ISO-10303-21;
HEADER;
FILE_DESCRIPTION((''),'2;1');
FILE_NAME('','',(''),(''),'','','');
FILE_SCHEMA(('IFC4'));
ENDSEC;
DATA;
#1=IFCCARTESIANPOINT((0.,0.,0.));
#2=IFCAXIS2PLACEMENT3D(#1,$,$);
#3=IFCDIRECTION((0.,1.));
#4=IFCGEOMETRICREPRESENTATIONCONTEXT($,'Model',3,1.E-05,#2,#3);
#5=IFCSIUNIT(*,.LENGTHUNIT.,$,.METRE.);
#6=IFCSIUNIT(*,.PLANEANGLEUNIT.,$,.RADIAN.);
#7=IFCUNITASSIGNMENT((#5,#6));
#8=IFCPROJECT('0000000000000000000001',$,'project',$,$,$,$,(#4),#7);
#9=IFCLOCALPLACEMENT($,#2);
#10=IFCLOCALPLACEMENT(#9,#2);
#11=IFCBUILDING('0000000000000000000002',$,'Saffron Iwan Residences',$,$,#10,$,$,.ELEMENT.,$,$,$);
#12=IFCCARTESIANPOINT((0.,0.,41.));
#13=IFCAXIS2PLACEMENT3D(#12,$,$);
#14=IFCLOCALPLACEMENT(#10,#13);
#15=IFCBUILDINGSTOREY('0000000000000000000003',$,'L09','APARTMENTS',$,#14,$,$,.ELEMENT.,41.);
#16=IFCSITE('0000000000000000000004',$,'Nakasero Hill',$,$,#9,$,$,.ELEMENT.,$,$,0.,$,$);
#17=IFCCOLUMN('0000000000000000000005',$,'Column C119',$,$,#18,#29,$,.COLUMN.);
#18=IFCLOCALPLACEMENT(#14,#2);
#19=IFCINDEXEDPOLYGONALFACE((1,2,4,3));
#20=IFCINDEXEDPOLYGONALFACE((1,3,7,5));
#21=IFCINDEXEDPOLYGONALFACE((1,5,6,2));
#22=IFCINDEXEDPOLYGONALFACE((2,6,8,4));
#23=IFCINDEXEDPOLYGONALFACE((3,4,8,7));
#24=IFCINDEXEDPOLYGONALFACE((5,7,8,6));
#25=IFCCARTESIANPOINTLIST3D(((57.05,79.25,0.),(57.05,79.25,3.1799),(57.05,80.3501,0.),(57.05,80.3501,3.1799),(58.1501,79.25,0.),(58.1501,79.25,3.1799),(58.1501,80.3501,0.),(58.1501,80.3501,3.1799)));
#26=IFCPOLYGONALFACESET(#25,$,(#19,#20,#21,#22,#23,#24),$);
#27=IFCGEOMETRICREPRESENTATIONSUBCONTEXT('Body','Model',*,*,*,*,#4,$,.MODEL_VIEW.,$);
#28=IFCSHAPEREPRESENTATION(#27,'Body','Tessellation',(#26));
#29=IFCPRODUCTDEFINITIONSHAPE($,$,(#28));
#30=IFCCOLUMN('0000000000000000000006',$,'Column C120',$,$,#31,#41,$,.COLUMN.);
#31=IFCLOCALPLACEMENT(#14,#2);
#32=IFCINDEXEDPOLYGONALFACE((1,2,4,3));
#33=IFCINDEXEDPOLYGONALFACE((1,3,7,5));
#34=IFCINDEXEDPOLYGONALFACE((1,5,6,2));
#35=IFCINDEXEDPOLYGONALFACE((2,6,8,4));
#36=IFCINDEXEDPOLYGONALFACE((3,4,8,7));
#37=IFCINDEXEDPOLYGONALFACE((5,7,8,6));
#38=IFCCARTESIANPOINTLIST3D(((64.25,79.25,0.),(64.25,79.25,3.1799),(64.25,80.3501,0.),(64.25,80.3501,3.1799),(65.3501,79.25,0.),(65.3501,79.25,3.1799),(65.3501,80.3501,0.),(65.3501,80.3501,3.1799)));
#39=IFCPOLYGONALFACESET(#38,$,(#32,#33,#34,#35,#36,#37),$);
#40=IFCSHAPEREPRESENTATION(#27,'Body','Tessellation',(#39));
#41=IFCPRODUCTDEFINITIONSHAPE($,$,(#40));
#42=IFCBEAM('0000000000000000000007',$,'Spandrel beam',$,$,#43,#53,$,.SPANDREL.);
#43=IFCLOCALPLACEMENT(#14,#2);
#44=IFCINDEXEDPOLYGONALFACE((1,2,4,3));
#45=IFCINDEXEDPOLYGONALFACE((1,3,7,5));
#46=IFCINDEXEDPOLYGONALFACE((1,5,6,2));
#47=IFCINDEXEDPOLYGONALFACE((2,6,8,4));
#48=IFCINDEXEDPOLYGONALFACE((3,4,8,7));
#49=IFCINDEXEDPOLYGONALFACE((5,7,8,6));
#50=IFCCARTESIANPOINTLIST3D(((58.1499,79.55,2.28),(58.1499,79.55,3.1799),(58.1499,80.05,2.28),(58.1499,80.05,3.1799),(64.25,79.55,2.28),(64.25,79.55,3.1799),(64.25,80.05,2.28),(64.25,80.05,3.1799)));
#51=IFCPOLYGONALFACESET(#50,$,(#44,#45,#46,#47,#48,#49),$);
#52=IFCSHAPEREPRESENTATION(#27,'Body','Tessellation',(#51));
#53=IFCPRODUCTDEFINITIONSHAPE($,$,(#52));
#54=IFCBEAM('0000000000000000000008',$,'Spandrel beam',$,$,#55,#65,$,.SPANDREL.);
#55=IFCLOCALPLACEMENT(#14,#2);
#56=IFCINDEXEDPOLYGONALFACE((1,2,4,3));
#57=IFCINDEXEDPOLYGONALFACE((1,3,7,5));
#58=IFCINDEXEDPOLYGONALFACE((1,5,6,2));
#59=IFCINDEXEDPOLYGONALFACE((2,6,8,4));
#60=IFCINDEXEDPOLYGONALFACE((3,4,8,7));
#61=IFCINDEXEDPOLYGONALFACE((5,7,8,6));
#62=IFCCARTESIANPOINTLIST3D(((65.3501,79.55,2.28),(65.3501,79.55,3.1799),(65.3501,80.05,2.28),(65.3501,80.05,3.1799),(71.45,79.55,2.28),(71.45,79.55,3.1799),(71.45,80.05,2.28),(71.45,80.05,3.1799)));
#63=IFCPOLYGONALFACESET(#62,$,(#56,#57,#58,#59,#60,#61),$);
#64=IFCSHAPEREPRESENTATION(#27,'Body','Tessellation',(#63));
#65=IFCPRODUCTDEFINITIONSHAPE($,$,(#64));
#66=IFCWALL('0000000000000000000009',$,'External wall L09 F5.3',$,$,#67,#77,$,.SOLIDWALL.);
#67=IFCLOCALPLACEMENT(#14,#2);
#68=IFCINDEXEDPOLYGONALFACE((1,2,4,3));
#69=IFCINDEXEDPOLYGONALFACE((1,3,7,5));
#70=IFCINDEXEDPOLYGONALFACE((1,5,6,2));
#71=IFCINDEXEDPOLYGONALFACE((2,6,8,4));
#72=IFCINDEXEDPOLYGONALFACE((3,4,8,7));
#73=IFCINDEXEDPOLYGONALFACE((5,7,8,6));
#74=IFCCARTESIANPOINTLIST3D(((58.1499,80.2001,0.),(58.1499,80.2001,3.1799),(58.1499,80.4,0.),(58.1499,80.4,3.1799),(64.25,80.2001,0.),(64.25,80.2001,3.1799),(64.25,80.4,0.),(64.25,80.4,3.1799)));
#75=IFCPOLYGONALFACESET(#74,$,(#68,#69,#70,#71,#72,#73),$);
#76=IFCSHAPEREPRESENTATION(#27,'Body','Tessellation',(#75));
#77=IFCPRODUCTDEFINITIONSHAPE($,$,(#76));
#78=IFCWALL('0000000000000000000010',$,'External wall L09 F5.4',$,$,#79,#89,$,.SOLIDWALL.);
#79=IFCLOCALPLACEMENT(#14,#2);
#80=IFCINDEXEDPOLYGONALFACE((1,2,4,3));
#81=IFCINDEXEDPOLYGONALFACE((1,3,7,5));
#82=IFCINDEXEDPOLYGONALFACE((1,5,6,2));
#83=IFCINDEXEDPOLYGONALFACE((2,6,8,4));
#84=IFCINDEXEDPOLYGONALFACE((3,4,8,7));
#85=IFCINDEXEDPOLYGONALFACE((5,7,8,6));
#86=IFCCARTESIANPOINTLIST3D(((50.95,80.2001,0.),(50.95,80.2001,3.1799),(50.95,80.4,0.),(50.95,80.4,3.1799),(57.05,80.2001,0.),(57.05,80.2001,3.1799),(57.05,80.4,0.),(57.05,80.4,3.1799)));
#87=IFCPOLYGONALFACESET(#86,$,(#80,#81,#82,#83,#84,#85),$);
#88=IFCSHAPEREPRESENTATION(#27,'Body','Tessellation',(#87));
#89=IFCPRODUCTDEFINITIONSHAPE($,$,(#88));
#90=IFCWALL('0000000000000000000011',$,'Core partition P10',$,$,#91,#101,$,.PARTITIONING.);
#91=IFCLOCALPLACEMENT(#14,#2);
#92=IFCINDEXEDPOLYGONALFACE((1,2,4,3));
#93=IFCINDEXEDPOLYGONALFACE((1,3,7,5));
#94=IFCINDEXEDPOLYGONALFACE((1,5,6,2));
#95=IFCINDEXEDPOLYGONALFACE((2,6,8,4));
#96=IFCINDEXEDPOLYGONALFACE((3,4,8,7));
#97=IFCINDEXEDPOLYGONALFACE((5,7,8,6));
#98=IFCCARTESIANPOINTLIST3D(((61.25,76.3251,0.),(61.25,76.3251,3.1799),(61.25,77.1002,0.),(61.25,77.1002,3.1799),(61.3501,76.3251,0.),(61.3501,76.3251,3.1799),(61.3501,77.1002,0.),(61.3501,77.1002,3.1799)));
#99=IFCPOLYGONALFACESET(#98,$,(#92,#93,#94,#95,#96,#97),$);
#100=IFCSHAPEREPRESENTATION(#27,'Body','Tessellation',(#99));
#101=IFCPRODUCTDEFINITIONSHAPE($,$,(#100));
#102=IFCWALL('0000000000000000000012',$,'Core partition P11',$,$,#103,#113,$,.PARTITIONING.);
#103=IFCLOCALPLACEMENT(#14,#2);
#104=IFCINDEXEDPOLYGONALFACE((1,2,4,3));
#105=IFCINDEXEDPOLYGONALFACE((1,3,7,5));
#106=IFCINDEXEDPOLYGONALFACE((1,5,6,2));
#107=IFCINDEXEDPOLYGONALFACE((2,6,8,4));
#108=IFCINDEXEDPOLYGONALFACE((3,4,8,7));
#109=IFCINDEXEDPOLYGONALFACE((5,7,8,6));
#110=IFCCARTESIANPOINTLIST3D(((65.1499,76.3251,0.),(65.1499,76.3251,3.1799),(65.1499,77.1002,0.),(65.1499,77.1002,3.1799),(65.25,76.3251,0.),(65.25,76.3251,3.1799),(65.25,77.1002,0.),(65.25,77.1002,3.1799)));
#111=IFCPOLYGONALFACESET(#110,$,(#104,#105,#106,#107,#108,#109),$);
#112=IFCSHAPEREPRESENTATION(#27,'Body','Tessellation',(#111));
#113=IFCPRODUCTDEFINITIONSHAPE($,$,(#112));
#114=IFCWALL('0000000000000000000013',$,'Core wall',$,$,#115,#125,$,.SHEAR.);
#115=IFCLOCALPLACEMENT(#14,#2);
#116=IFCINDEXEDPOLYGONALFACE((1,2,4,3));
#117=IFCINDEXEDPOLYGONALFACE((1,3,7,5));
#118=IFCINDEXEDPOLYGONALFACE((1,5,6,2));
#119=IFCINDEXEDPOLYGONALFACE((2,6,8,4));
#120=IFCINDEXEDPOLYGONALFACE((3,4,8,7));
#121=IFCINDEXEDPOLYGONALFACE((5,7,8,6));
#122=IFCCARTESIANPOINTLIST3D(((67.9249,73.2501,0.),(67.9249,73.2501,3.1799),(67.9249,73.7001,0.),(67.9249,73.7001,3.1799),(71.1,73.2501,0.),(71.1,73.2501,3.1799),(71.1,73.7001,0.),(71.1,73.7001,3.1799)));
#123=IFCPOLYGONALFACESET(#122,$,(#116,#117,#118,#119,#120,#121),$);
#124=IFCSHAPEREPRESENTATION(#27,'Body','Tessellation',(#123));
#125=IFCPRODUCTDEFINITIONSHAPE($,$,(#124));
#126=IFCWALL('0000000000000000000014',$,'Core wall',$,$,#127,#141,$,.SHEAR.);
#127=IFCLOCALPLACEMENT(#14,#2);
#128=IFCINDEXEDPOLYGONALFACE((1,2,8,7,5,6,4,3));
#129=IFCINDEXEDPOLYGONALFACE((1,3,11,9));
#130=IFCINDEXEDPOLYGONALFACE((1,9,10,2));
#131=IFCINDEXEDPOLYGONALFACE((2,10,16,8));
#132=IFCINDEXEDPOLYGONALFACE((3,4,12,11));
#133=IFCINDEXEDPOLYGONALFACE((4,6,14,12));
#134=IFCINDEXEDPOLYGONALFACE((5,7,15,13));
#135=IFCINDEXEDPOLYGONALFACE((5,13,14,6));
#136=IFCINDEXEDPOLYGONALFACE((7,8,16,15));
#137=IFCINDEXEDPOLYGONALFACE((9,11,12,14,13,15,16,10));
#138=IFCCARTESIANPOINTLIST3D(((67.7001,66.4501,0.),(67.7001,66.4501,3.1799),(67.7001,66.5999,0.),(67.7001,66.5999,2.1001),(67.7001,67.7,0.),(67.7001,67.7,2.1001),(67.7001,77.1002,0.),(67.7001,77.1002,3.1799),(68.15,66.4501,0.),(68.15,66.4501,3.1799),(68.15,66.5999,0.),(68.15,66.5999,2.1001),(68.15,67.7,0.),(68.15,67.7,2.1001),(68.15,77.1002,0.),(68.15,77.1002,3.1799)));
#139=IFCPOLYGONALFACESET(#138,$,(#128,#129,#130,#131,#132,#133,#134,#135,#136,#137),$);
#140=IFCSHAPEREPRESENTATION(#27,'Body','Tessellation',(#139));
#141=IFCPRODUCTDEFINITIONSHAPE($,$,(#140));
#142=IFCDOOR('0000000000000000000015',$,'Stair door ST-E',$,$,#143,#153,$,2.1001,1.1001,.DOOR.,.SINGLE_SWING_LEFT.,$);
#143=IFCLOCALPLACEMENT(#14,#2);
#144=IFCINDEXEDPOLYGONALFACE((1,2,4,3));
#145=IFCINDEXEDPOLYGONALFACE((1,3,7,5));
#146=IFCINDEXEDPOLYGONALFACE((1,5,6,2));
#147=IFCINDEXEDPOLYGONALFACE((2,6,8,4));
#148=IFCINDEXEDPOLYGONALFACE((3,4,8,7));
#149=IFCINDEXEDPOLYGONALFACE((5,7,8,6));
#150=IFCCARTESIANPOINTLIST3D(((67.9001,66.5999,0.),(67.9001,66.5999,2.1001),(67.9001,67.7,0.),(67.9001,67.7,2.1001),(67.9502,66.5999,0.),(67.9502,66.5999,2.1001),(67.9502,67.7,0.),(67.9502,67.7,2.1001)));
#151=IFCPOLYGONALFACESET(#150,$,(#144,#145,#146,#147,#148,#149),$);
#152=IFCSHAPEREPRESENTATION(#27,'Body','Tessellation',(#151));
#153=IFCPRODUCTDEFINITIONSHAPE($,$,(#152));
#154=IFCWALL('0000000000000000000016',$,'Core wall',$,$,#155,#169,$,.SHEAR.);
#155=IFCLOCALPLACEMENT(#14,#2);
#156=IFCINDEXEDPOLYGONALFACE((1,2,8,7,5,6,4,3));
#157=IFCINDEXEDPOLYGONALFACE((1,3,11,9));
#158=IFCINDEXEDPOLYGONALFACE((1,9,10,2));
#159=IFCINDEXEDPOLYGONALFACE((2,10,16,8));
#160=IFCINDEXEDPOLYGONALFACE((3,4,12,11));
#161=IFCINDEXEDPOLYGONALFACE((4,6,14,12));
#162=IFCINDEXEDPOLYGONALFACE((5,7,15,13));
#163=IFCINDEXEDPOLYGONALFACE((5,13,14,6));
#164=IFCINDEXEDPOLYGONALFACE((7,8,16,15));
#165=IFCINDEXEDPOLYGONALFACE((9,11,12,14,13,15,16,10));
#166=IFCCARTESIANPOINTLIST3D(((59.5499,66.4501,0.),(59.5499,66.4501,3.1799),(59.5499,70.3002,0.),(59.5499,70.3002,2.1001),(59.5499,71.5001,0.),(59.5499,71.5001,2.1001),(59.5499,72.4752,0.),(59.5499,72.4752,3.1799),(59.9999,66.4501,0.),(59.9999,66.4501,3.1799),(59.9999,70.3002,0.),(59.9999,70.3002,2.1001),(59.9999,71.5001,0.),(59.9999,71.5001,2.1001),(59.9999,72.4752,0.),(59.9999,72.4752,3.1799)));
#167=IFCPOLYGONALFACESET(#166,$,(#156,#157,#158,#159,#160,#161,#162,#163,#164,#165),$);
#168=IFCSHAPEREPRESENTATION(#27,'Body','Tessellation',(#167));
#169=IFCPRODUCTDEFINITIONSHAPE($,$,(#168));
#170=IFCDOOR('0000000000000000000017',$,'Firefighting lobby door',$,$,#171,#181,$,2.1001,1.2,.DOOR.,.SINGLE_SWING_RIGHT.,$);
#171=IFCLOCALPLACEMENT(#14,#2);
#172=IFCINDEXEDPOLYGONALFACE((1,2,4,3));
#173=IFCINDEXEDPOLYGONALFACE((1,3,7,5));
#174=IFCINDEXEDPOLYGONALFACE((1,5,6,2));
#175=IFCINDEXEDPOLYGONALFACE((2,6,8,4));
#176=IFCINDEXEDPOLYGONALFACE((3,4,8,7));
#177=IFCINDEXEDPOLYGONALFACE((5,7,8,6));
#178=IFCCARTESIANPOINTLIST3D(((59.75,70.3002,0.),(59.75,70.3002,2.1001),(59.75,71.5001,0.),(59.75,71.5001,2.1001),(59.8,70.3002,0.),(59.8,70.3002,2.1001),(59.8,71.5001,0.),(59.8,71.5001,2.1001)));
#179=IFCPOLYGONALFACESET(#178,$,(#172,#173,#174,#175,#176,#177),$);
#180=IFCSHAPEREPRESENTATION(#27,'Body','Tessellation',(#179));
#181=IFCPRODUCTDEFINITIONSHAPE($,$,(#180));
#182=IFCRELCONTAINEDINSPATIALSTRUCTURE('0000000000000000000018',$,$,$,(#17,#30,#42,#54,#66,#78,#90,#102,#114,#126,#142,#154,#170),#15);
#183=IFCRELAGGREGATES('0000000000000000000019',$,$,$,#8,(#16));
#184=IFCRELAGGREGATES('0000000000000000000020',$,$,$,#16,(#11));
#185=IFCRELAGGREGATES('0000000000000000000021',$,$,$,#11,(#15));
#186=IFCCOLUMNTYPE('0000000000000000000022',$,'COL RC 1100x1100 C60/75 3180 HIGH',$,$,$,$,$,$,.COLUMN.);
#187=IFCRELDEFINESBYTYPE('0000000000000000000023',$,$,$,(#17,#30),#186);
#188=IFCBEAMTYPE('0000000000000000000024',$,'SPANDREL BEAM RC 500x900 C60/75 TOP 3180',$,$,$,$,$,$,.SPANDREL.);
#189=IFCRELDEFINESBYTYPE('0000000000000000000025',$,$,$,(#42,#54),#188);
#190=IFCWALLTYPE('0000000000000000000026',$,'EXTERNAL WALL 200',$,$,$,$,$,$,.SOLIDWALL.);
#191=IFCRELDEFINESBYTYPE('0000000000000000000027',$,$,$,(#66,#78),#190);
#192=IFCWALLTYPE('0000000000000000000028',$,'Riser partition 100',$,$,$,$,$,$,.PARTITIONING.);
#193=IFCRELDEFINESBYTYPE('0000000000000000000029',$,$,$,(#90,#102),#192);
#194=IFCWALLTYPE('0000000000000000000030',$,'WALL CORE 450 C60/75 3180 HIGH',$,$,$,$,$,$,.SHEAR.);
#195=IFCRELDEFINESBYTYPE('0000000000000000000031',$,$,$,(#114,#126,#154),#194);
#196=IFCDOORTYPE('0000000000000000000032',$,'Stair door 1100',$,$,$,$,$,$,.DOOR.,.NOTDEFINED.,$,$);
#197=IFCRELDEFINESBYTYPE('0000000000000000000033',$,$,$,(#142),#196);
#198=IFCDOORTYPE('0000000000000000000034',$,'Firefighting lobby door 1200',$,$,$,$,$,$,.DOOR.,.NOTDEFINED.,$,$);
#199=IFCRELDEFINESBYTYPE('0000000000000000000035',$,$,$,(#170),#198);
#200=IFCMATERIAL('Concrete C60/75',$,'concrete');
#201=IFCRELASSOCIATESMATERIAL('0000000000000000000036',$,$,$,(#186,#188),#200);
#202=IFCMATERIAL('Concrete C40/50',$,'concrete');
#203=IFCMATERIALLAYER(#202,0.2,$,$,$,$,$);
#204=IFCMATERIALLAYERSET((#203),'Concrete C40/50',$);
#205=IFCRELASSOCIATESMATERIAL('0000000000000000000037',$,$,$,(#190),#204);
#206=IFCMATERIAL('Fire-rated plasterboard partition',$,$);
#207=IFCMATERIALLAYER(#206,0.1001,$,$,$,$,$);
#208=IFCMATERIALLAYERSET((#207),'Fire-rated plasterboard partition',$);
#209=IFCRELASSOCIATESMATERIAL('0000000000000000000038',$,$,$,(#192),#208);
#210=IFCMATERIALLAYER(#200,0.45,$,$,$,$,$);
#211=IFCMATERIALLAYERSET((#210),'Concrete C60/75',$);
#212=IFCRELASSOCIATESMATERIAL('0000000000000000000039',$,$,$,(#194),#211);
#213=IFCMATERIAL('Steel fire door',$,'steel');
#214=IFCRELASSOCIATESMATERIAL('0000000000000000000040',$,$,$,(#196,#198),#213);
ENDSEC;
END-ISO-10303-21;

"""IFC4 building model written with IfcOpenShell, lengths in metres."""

from ifc_helpers import new_model, si_unit, direction, frame, frame_2d, origin, origin_2d, place, context, subcontext, project, spatial, rectangle, extrude, source, transform, mapped, material, layer, layer_set, material_profile, profile_set, type_object, element, fill, save


model = new_model("IFC4")

# Units and contexts
model_context = context("Model", 3, precision=1e-05, world=origin(), true_north=direction((0.0, 1.0)))
body_context = subcontext(model_context, "Body", "Model", "MODEL_VIEW")
ifc_project = project(units=[si_unit("LENGTHUNIT", "METRE"), si_unit("PLANEANGLEUNIT", "RADIAN")], contexts=[model_context])

# Site, building, storey
site_placement = place(None, origin())
site = spatial("IfcSite", under=ifc_project, at=site_placement, Name="Nakasero Hill", CompositionType="ELEMENT", RefElevation=0.0)
building_placement = place(site_placement, origin())
building = spatial("IfcBuilding", under=site, at=building_placement, Name="Saffron Iwan Residences", CompositionType="ELEMENT")
storey_placement = place(building_placement, frame((0.0, 0.0, 41.0)))
storey = spatial("IfcBuildingStorey", under=building, at=storey_placement, Name="L09", Description="APARTMENTS", CompositionType="ELEMENT", Elevation=41.0)

# Columns
ifc_material_1 = material(Name="Concrete C60/75", Category="concrete")
ifc_material_profile_1 = material_profile(ifc_material_1, rectangle(XDim=1.1001, YDim=1.1001, at=origin_2d()), Name="RC 1100x1100")
ifc_profile_set_1 = profile_set([ifc_material_profile_1], Name="Concrete C60/75")
column_type = type_object("IfcColumnType", Name="COL RC 1100x1100 C60/75 3180 HIGH", PredefinedType="COLUMN", material=ifc_profile_set_1)
shared_shape_1 = source(origin(), body_context, "Body", "SweptSolid", [
    extrude(rectangle(XDim=1.1001, YDim=1.1001, at=origin_2d()), origin(), (0.0, 0.0, 1.0), 3.1799),
])
for number, where, z_axis, x_axis, name in (
    (1, (57.6001, 79.8, 0.0), (0.0, 0.0, 1.0), (1.0, 0.0, 0.0), "Column C119"),
    (2, (64.8, 79.8, 0.0), (0.0, 0.0, 1.0), (1.0, 0.0, 0.0), "Column C120"),
):
    element("IfcColumn", number, at=place(storey_placement, frame(where, z_axis=z_axis, x_axis=x_axis)), inside=storey, type_object=column_type, Name=name, PredefinedType="COLUMN", context=body_context, shape_type="MappedRepresentation", body=[
        mapped(shared_shape_1, transform((0.0, 0.0, 0.0))),
    ])

# Beams
ifc_material_profile_2 = material_profile(ifc_material_1, rectangle(XDim=0.5, YDim=0.8999, at=origin_2d()), Name="RC 500x900")
ifc_profile_set_2 = profile_set([ifc_material_profile_2], Name="Concrete C60/75")
beam_type = type_object("IfcBeamType", Name="SPANDREL BEAM RC 500x900 C60/75 TOP 3180", PredefinedType="SPANDREL", material=ifc_profile_set_2)
shared_shape_2 = source(origin(), body_context, "Body", "SweptSolid", [
    extrude(rectangle(XDim=0.5, YDim=0.8999, at=origin_2d()), origin(), (0.0, 0.0, 1.0), 6.1001),
])
beam_1_placement = place(storey_placement, frame((58.1499, 79.8, 2.73), z_axis=(1.0, 0.0, 0.0), x_axis=(0.0, 1.0, 0.0)))
element("IfcBeam", 3, at=beam_1_placement, inside=storey, type_object=beam_type, Name="Spandrel beam", PredefinedType="SPANDREL", context=body_context, shape_type="MappedRepresentation", body=[
    mapped(shared_shape_2, transform((0.0, 0.0, 0.0))),
])
shared_shape_3 = source(origin(), body_context, "Body", "SweptSolid", [
    extrude(rectangle(XDim=0.5, YDim=0.8999, at=origin_2d()), origin(), (0.0, 0.0, 1.0), 6.0999),
])
beam_2_placement = place(storey_placement, frame((65.3501, 79.8, 2.73), z_axis=(1.0, 0.0, 0.0), x_axis=(0.0, 1.0, 0.0)))
element("IfcBeam", 4, at=beam_2_placement, inside=storey, type_object=beam_type, Name="Spandrel beam", PredefinedType="SPANDREL", context=body_context, shape_type="MappedRepresentation", body=[
    mapped(shared_shape_3, transform((0.0, 0.0, 0.0))),
])

# Walls
ifc_material_2 = material(Name="Concrete C40/50", Category="concrete")
ifc_layer_1 = layer(ifc_material_2, 0.2)
ifc_layer_set_1 = layer_set([ifc_layer_1], Name="Concrete C40/50")
wall_type_1 = type_object("IfcWallType", Name="EXTERNAL WALL 200", PredefinedType="SOLIDWALL", material=ifc_layer_set_1)
for number, where, z_axis, x_axis, name in (
    (5, (64.25, 80.3, 0.0), (0.0, 0.0, 1.0), (-1.0, 0.0, 0.0), "External wall L09 F5.3"),
    (6, (57.05, 80.3, 0.0), (0.0, 0.0, 1.0), (-1.0, 0.0, 0.0), "External wall L09 F5.4"),
):
    element("IfcWall", number, at=place(storey_placement, frame(where, z_axis=z_axis, x_axis=x_axis)), inside=storey, type_object=wall_type_1, Name=name, PredefinedType="SOLIDWALL", context=body_context, shape_type="SweptSolid", body=[
        extrude(rectangle(XDim=6.1001, YDim=0.2, at=frame_2d((3.05, 0.0))), origin(), (0.0, 0.0, 1.0), 3.1799),
    ])
ifc_material_3 = material(Name="Fire-rated plasterboard partition")
ifc_layer_2 = layer(ifc_material_3, 0.1001)
ifc_layer_set_2 = layer_set([ifc_layer_2], Name="Fire-rated plasterboard partition")
wall_type_2 = type_object("IfcWallType", Name="Riser partition 100", PredefinedType="PARTITIONING", material=ifc_layer_set_2)
for number, where, z_axis, x_axis, name in (
    (7, (61.3, 76.325, 0.0), (0.0, 0.0, 1.0), (0.0, 1.0, 0.0), "Core partition P10"),
    (8, (65.2, 76.325, 0.0), (0.0, 0.0, 1.0), (0.0, 1.0, 0.0), "Core partition P11"),
):
    element("IfcWall", number, at=place(storey_placement, frame(where, z_axis=z_axis, x_axis=x_axis)), inside=storey, type_object=wall_type_2, Name=name, PredefinedType="PARTITIONING", context=body_context, shape_type="SweptSolid", body=[
        extrude(rectangle(XDim=0.7751, YDim=0.1001, at=frame_2d((0.3877, 0.0))), origin(), (0.0, 0.0, 1.0), 3.1799),
    ])
ifc_layer_3 = layer(ifc_material_1, 0.45)
ifc_layer_set_3 = layer_set([ifc_layer_3], Name="Concrete C60/75")
wall_type_3 = type_object("IfcWallType", Name="WALL CORE 450 C60/75 3180 HIGH", PredefinedType="SHEAR", material=ifc_layer_set_3)
wall_1_placement = place(storey_placement, frame((67.925, 73.4751, 0.0), z_axis=(0.0, 0.0, 1.0), x_axis=(1.0, 0.0, 0.0)))
element("IfcWall", 9, at=wall_1_placement, inside=storey, type_object=wall_type_3, Name="Core wall", PredefinedType="SHEAR", context=body_context, shape_type="SweptSolid", body=[
    extrude(rectangle(XDim=3.175, YDim=0.45, at=frame_2d((1.5874, 0.0))), origin(), (0.0, 0.0, 1.0), 3.1799),
])

# Walls, openings, doors
wall_2_placement = place(storey_placement, frame((67.925, 66.45, 0.0), z_axis=(0.0, 0.0, 1.0), x_axis=(0.0, 1.0, 0.0)))
wall_2 = element("IfcWall", 10, at=wall_2_placement, inside=storey, type_object=wall_type_3, Name="Core wall", PredefinedType="SHEAR", context=body_context, shape_type="SweptSolid", body=[
    extrude(rectangle(XDim=10.6501, YDim=0.45, at=frame_2d((5.3252, 0.0))), origin(), (0.0, 0.0, 1.0), 3.1799),
])
opening_1_placement = place(wall_2_placement, frame((0.1499, 0.0, 0.0)))
opening_1 = element("IfcOpeningElement", 11, at=opening_1_placement, cuts=wall_2, PredefinedType="OPENING", context=body_context, shape_type="SweptSolid", body=[
    extrude(rectangle(XDim=1.1001, YDim=2.1001, at=frame_2d((0.55, 1.05))), frame((0.0, 0.2349, 0.0), z_axis=(0.0, -1.0, 0.0), x_axis=(1.0, 0.0, 0.0)), (0.0, 0.0, 1.0), 0.47),
])
ifc_material_4 = material(Name="Steel fire door", Category="steel")
door_type_1 = type_object("IfcDoorType", Name="Stair door 1100", OperationType="NOTDEFINED", PredefinedType="DOOR", material=ifc_material_4)
door_1_placement = place(opening_1_placement, origin())
door_1 = element("IfcDoor", 12, at=door_1_placement, inside=storey, type_object=door_type_1, Name="Stair door ST-E", OperationType="SINGLE_SWING_LEFT", OverallHeight=2.1001, OverallWidth=1.1001, PredefinedType="DOOR", context=body_context, shape_type="SweptSolid", body=[
    extrude(rectangle(XDim=1.1001, YDim=2.1001, at=frame_2d((0.55, 1.05))), frame((0.0, 0.0249, 0.0), z_axis=(0.0, -1.0, 0.0), x_axis=(1.0, 0.0, 0.0)), (0.0, 0.0, 1.0), 0.05),
])
fill(opening_1, door_1)
wall_3_placement = place(storey_placement, frame((59.7749, 66.45, 0.0), z_axis=(0.0, 0.0, 1.0), x_axis=(0.0, 1.0, 0.0)))
wall_3 = element("IfcWall", 13, at=wall_3_placement, inside=storey, type_object=wall_type_3, Name="Core wall", PredefinedType="SHEAR", context=body_context, shape_type="SweptSolid", body=[
    extrude(rectangle(XDim=6.0251, YDim=0.45, at=frame_2d((3.0127, 0.0))), origin(), (0.0, 0.0, 1.0), 3.1799),
])
opening_2_placement = place(wall_3_placement, frame((3.8501, 0.0, 0.0)))
opening_2 = element("IfcOpeningElement", 14, at=opening_2_placement, cuts=wall_3, PredefinedType="OPENING", context=body_context, shape_type="SweptSolid", body=[
    extrude(rectangle(XDim=1.2, YDim=2.1001, at=frame_2d((0.6001, 1.05))), frame((0.0, 0.2349, 0.0), z_axis=(0.0, -1.0, 0.0), x_axis=(1.0, 0.0, 0.0)), (0.0, 0.0, 1.0), 0.47),
])
door_type_2 = type_object("IfcDoorType", Name="Firefighting lobby door 1200", OperationType="NOTDEFINED", PredefinedType="DOOR", material=ifc_material_4)
door_2_placement = place(opening_2_placement, origin())
door_2 = element("IfcDoor", 15, at=door_2_placement, inside=storey, type_object=door_type_2, Name="Firefighting lobby door", OperationType="SINGLE_SWING_RIGHT", OverallHeight=2.1001, OverallWidth=1.2, PredefinedType="DOOR", context=body_context, shape_type="SweptSolid", body=[
    extrude(rectangle(XDim=1.2, YDim=2.1001, at=frame_2d((0.6001, 1.05))), frame((0.0, 0.0249, 0.0), z_axis=(0.0, -1.0, 0.0), x_axis=(1.0, 0.0, 0.0)), (0.0, 0.0, 1.0), 0.05),
])
fill(opening_2, door_2)

save(model, "model.ifc")
